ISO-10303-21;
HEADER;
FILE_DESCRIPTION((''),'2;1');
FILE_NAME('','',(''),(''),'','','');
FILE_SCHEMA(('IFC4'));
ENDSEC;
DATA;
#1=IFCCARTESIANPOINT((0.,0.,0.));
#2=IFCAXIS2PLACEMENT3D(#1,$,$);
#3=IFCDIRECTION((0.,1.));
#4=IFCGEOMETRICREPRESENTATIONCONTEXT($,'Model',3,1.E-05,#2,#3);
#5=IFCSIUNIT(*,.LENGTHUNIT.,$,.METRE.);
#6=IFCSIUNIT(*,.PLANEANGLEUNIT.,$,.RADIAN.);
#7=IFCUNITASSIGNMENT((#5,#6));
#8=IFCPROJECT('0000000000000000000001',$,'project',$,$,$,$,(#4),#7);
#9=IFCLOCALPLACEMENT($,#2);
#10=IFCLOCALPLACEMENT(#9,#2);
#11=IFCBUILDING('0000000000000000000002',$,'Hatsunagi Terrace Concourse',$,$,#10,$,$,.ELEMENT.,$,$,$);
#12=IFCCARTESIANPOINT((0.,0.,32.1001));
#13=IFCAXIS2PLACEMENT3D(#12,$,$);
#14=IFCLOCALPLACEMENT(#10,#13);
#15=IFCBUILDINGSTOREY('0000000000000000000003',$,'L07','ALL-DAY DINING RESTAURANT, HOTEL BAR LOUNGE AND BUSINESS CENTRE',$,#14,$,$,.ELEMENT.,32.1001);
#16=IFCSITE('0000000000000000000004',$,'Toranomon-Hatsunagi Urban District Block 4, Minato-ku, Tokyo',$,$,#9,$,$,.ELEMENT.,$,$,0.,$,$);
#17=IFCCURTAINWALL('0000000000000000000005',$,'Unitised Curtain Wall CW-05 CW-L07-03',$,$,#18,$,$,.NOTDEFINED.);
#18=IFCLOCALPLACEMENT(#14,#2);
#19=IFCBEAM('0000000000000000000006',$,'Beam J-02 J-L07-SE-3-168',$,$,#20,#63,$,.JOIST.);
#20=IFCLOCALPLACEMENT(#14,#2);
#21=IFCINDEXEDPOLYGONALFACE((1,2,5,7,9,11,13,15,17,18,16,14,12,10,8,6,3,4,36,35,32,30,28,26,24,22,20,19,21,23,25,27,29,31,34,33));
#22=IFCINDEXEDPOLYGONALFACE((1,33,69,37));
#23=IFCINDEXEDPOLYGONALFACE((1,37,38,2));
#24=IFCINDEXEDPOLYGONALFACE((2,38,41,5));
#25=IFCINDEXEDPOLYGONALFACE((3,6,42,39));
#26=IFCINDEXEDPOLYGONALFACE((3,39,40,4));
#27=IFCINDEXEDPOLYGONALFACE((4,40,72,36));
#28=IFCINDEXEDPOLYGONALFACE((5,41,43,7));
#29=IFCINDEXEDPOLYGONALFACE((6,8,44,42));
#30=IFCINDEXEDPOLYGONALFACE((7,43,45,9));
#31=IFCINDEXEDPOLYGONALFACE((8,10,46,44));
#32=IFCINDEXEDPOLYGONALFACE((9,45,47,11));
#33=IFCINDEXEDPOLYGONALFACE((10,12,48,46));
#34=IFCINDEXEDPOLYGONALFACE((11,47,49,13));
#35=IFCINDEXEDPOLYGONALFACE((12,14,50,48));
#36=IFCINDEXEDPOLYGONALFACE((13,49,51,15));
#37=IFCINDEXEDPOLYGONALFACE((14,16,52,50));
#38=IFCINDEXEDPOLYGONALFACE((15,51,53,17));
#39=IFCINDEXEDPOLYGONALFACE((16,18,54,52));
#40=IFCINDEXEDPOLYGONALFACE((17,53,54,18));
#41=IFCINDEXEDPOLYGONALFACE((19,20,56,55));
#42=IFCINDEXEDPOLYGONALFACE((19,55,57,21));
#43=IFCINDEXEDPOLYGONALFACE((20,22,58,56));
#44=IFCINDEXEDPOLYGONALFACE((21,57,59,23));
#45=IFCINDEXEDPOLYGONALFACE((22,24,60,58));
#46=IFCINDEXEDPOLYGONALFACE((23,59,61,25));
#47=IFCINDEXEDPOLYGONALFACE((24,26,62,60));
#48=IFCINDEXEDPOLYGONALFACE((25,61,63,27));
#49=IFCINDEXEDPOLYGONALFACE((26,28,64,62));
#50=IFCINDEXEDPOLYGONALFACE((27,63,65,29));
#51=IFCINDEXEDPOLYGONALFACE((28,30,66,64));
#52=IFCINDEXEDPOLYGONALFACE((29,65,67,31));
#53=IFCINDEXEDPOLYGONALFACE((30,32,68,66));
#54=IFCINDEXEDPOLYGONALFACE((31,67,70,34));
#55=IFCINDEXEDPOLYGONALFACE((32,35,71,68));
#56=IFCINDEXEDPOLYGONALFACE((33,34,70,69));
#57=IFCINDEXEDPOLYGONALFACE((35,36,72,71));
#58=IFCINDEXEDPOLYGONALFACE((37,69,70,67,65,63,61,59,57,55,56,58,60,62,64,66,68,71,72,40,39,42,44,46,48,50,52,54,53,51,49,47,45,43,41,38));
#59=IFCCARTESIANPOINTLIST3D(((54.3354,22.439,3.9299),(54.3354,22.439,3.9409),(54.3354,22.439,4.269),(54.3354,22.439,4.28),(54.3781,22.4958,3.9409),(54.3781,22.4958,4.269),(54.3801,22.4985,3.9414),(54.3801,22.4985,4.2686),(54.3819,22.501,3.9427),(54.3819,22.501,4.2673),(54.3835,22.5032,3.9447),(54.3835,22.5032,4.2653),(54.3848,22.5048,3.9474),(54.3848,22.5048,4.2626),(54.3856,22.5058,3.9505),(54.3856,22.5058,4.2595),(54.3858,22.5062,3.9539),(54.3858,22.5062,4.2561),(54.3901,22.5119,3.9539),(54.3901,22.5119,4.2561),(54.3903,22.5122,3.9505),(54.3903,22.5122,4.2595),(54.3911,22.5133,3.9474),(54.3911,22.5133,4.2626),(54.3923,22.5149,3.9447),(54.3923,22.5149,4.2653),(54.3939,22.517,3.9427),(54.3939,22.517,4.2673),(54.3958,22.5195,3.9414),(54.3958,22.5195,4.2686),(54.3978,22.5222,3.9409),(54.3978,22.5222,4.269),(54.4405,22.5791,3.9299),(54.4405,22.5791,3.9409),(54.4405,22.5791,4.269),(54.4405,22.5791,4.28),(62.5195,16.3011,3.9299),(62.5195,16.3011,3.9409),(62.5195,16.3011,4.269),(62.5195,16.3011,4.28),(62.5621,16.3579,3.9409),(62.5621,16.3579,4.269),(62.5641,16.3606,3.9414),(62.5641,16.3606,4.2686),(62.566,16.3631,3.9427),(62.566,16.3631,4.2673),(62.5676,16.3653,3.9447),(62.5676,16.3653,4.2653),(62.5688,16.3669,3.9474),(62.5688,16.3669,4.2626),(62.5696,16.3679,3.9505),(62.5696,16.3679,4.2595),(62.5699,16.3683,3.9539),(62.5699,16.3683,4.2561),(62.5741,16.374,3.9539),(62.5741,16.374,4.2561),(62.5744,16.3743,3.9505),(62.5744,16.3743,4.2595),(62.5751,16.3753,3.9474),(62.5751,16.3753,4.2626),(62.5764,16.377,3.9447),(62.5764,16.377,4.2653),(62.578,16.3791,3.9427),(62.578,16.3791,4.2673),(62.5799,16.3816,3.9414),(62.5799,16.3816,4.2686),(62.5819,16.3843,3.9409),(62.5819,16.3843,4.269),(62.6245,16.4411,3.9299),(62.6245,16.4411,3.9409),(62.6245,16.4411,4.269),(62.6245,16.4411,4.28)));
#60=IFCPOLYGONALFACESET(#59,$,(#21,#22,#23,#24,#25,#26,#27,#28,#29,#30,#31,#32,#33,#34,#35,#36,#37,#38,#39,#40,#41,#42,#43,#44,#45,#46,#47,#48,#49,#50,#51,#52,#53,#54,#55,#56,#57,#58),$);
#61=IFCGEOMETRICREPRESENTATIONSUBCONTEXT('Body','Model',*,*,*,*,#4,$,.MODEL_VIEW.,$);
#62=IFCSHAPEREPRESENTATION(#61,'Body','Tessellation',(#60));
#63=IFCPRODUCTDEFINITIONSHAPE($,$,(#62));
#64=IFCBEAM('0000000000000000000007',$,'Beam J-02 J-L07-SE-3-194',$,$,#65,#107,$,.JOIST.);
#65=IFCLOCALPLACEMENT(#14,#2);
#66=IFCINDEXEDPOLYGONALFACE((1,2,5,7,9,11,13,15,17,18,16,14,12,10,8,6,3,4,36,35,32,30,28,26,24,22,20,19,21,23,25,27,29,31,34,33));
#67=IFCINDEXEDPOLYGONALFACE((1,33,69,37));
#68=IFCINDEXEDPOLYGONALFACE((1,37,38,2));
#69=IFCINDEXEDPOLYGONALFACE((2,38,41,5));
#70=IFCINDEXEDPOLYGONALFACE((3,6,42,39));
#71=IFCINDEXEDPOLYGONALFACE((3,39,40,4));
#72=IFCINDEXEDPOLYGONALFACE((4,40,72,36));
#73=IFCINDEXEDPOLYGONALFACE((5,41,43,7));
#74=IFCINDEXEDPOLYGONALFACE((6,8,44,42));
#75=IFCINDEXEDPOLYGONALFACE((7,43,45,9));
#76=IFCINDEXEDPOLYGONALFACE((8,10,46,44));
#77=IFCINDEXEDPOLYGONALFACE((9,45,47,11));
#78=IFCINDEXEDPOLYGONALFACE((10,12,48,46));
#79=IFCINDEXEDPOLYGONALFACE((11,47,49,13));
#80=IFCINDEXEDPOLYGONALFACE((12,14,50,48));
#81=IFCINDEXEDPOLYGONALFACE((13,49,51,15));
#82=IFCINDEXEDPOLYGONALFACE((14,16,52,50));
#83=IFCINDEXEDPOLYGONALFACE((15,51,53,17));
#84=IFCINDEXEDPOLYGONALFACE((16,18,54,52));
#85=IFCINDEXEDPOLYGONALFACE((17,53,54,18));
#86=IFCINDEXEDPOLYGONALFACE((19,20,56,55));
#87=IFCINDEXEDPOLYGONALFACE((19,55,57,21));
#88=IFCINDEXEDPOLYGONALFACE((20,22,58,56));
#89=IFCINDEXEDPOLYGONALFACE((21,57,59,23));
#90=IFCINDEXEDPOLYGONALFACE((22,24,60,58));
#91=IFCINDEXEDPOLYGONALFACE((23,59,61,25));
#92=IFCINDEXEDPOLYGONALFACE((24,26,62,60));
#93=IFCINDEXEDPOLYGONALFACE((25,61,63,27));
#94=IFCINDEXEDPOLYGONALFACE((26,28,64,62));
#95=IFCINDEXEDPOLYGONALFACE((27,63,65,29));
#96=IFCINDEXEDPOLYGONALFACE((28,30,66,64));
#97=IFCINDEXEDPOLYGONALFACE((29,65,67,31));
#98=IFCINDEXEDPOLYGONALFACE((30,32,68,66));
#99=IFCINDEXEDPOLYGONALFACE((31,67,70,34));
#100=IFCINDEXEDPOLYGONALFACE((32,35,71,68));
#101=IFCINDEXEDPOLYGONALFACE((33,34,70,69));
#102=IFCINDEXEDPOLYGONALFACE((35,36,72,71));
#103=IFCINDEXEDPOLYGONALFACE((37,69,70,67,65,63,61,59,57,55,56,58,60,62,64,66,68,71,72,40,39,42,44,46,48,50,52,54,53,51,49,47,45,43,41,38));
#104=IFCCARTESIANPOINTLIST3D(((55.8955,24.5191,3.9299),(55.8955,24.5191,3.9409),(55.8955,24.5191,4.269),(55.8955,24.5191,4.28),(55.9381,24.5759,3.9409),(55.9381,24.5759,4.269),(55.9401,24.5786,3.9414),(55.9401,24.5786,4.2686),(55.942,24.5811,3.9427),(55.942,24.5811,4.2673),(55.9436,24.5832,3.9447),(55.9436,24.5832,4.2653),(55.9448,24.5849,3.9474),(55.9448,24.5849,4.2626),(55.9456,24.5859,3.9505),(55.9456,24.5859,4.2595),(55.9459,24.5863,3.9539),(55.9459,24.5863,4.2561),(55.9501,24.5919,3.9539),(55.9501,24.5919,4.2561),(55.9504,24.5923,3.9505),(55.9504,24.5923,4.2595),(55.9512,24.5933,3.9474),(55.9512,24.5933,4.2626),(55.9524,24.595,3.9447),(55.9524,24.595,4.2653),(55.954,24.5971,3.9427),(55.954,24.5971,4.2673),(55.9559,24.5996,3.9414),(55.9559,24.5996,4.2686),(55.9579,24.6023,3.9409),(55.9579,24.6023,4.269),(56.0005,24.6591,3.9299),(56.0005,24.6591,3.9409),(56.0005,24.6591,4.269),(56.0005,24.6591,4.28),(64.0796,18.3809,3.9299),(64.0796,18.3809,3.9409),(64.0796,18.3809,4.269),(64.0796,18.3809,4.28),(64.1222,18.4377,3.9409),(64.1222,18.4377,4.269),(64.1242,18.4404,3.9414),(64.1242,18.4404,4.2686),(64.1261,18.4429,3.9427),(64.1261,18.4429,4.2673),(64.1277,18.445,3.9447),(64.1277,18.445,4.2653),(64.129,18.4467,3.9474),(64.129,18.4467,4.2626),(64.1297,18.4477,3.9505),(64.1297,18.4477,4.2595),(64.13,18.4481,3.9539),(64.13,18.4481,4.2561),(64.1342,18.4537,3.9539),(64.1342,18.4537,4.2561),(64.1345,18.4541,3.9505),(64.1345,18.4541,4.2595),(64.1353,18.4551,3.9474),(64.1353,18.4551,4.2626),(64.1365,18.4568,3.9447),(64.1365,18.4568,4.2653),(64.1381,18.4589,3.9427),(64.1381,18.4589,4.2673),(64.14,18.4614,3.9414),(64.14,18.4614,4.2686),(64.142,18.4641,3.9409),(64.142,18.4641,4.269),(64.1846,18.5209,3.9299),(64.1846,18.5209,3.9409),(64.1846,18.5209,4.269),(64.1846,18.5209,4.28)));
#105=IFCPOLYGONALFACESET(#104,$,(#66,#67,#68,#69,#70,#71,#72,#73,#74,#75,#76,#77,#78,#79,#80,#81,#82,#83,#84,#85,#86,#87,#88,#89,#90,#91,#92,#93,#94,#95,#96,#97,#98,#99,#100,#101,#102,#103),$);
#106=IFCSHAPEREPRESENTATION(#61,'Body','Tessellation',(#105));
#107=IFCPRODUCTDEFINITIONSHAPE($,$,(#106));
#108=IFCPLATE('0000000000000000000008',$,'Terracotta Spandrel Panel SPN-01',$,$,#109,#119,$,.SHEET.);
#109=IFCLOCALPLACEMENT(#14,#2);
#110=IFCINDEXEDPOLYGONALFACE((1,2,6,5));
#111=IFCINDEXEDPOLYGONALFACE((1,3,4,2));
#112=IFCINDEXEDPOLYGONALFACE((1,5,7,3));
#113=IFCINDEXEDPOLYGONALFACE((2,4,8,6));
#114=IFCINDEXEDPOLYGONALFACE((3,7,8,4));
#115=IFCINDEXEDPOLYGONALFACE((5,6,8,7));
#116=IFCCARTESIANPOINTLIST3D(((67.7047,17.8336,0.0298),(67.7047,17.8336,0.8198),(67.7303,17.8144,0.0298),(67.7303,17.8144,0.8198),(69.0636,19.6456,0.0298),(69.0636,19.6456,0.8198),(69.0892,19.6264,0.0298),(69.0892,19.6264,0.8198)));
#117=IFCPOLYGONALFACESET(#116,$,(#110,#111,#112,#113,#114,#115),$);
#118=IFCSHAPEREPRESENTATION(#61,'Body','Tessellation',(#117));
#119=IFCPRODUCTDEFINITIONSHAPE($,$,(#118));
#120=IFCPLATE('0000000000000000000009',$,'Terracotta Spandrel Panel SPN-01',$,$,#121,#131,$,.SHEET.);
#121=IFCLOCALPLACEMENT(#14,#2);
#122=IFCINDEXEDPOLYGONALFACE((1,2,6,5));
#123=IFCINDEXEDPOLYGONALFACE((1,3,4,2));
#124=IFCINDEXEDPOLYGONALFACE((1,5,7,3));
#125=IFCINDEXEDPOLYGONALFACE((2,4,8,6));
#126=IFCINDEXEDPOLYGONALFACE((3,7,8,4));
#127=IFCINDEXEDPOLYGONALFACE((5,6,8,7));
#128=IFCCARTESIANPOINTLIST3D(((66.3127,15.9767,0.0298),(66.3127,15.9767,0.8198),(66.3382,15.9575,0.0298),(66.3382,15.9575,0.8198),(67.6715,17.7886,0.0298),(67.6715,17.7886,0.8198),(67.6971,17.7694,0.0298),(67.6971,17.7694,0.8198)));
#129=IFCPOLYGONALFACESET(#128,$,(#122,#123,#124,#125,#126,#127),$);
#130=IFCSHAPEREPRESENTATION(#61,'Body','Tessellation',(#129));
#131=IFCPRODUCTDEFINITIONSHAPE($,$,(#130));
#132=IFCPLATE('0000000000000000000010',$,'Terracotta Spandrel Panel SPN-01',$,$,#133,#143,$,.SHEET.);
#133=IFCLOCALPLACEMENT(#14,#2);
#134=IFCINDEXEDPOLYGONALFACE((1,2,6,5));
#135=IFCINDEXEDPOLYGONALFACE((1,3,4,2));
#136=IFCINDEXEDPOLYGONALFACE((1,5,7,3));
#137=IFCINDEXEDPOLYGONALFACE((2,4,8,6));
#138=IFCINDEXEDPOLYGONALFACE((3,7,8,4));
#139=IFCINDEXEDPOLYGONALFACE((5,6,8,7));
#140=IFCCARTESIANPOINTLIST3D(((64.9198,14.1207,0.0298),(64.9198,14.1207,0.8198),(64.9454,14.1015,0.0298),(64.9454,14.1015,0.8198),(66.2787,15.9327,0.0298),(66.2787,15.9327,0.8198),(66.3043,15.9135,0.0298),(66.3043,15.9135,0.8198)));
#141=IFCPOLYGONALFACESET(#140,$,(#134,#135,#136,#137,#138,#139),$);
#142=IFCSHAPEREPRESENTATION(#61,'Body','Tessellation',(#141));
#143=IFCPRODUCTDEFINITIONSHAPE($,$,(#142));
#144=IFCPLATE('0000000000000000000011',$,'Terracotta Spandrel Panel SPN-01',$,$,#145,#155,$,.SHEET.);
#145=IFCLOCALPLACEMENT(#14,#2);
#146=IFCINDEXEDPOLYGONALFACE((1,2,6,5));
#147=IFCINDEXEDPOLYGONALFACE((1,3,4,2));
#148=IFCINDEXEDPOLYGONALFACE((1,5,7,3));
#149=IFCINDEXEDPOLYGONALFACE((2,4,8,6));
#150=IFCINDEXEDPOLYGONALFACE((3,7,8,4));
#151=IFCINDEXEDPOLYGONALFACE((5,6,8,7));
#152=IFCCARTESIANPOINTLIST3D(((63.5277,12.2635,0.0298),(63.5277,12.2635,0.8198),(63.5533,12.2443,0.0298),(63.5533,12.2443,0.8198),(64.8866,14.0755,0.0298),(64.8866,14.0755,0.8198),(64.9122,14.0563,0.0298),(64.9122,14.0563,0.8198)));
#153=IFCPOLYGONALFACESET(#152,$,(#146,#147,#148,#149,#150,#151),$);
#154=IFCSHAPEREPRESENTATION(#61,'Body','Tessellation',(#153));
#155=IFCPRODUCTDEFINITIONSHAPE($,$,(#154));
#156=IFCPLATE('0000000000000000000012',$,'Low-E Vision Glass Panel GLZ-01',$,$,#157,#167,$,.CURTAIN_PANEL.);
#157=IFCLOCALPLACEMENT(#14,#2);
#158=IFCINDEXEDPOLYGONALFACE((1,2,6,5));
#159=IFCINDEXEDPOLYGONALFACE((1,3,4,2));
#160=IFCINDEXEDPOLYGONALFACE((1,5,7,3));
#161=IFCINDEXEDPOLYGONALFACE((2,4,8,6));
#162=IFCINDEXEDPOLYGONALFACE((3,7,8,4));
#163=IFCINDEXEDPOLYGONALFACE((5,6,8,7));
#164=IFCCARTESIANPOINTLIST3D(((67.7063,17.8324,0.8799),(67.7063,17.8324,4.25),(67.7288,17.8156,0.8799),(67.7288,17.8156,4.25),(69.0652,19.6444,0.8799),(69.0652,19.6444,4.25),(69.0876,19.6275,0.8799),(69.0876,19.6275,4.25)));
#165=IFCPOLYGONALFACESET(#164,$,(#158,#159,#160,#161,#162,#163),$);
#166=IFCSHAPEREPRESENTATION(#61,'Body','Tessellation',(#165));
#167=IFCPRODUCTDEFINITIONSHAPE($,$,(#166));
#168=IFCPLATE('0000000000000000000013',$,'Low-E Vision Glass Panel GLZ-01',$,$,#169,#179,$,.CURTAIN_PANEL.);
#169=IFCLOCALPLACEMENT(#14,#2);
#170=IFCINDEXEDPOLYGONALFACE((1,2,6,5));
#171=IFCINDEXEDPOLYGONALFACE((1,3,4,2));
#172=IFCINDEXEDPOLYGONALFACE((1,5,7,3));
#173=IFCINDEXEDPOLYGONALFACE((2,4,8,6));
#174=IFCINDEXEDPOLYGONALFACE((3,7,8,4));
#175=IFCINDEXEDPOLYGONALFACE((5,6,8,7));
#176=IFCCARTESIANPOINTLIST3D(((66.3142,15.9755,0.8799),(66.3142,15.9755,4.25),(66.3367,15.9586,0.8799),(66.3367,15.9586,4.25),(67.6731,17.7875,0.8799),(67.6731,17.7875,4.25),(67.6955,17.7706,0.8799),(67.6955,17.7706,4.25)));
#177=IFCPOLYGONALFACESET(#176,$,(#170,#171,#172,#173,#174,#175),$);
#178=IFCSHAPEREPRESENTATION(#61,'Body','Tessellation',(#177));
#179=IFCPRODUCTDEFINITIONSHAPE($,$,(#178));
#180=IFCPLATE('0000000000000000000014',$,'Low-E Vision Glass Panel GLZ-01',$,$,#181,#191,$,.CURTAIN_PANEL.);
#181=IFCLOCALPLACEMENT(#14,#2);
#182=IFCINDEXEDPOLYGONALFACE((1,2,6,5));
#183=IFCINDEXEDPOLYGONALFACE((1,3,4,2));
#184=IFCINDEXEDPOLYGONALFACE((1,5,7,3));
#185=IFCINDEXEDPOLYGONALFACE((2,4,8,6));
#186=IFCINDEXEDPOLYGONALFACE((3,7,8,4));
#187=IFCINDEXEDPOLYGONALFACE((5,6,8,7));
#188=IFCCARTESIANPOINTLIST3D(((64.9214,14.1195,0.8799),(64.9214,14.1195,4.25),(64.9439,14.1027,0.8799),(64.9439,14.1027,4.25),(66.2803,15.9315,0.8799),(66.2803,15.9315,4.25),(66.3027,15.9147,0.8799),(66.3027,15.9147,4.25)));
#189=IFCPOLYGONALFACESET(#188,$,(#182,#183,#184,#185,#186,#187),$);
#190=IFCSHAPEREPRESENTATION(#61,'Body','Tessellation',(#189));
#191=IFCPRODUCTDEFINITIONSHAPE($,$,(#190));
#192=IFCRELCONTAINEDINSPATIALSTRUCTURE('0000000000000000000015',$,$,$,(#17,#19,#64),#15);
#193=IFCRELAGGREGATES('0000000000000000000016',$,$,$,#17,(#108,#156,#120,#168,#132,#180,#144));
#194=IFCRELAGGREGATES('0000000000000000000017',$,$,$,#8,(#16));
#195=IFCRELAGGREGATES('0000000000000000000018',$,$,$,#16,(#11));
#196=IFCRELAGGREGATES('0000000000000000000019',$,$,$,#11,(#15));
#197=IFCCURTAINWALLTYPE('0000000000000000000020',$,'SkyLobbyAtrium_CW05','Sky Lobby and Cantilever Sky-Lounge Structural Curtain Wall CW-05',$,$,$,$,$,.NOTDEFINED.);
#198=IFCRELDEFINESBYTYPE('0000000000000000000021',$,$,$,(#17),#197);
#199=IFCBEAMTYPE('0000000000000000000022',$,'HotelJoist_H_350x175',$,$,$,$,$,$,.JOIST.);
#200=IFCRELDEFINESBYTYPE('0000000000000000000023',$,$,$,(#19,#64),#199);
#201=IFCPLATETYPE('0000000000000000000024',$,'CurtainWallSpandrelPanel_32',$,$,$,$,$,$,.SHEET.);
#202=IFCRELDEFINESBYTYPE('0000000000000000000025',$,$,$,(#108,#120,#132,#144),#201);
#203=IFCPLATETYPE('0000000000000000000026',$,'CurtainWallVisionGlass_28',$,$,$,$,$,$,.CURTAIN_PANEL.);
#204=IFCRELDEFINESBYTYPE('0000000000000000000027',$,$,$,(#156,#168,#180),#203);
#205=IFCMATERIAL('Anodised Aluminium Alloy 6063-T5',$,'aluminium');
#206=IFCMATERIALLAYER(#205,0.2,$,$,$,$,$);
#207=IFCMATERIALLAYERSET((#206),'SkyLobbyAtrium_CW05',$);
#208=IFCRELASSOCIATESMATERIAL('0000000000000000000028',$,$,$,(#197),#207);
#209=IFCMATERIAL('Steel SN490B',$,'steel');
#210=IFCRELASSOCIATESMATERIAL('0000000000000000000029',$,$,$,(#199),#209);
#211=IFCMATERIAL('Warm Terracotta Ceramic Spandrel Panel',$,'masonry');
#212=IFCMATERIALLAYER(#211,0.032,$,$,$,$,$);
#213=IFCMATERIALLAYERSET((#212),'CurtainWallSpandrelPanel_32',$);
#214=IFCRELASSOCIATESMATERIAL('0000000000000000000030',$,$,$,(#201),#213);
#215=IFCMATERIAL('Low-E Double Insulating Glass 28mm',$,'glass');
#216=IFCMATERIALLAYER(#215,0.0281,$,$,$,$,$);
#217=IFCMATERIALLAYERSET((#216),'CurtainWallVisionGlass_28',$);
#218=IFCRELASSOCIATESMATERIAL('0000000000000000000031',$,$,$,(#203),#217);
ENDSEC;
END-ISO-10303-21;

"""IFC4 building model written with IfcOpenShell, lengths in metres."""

from ifc_helpers import new_model, si_unit, direction, frame, origin, origin_2d, place, context, subcontext, project, spatial, rectangle, i_section, extrude, material, layer, layer_set, material_profile, profile_set, type_object, element, aggregate, save


model = new_model("IFC4")

# Units and contexts
model_context = context("Model", 3, precision=1e-05, world=origin(), true_north=direction((0.0, 1.0)))
body_context = subcontext(model_context, "Body", "Model", "MODEL_VIEW")
ifc_project = project(units=[si_unit("LENGTHUNIT", "METRE"), si_unit("PLANEANGLEUNIT", "RADIAN")], contexts=[model_context])

# Site, building, storey
site_placement = place(None, origin())
site = spatial("IfcSite", under=ifc_project, at=site_placement, Name="Toranomon-Hatsunagi Urban District Block 4, Minato-ku, Tokyo", CompositionType="ELEMENT", RefElevation=0.0)
building_placement = place(site_placement, origin())
building = spatial("IfcBuilding", under=site, at=building_placement, Name="Hatsunagi Terrace Concourse", CompositionType="ELEMENT")
storey_placement = place(building_placement, frame((0.0, 0.0, 32.1001)))
storey = spatial("IfcBuildingStorey", under=building, at=storey_placement, Name="L07", Description="ALL-DAY DINING RESTAURANT, HOTEL BAR LOUNGE AND BUSINESS CENTRE", CompositionType="ELEMENT", Elevation=32.1001)

# Curtain wall
ifc_material_1 = material(Name="Anodised Aluminium Alloy 6063-T5", Category="aluminium")
ifc_layer_1 = layer(ifc_material_1, 0.2)
ifc_layer_set_1 = layer_set([ifc_layer_1], Name="SkyLobbyAtrium_CW05")
curtain_wall_type = type_object("IfcCurtainWallType", Name="SkyLobbyAtrium_CW05", Description="Sky Lobby and Cantilever Sky-Lounge Structural Curtain Wall CW-05", PredefinedType="NOTDEFINED", material=ifc_layer_set_1)
curtain_wall_placement = place(storey_placement, origin())
curtain_wall = element("IfcCurtainWall", 1, at=curtain_wall_placement, inside=storey, type_object=curtain_wall_type, Name="Unitised Curtain Wall CW-05 CW-L07-03", PredefinedType="NOTDEFINED")

# Beams
ifc_material_2 = material(Name="Steel SN490B", Category="steel")
ifc_material_profile_1 = material_profile(ifc_material_2, i_section(OverallWidth=0.175, OverallDepth=0.3501, WebThickness=0.0071, FlangeThickness=0.011, FilletRadius=0.0129, at=origin_2d()), Name="H-350x175x7x11")
ifc_profile_set_1 = profile_set([ifc_material_profile_1], Name="Steel SN490B")
beam_type = type_object("IfcBeamType", Name="HotelJoist_H_350x175", PredefinedType="JOIST", material=ifc_profile_set_1)
beam_1_placement = place(storey_placement, frame((54.3879, 22.509, 4.105), z_axis=(0.800006, -0.599992, 0.0), x_axis=(0.599992, 0.800006, 0.0)))
element("IfcBeam", 2, at=beam_1_placement, inside=storey, type_object=beam_type, Name="Beam J-02 J-L07-SE-3-168", PredefinedType="JOIST", context=body_context, shape_type="SweptSolid", body=[
    extrude(i_section(OverallWidth=0.175, OverallDepth=0.3501, WebThickness=0.0071, FlangeThickness=0.011, FilletRadius=0.0129, at=origin_2d()), origin(), (0.0, 0.0, 1.0), 10.23),
])
beam_2_placement = place(storey_placement, frame((55.948, 24.5891, 4.105), z_axis=(0.799994, -0.600008, 0.0), x_axis=(0.600008, 0.799994, 0.0)))
element("IfcBeam", 3, at=beam_2_placement, inside=storey, type_object=beam_type, Name="Beam J-02 J-L07-SE-3-194", PredefinedType="JOIST", context=body_context, shape_type="SweptSolid", body=[
    extrude(i_section(OverallWidth=0.175, OverallDepth=0.3501, WebThickness=0.0071, FlangeThickness=0.011, FilletRadius=0.0129, at=origin_2d()), origin(), (0.0, 0.0, 1.0), 10.2302),
])

# Plates
ifc_material_3 = material(Name="Warm Terracotta Ceramic Spandrel Panel", Category="masonry")
ifc_layer_2 = layer(ifc_material_3, 0.032)
ifc_layer_set_2 = layer_set([ifc_layer_2], Name="CurtainWallSpandrelPanel_32")
plate_type_1 = type_object("IfcPlateType", Name="CurtainWallSpandrelPanel_32", PredefinedType="SHEET", material=ifc_layer_set_2)
plate_1_placement = place(storey_placement, frame((68.397, 18.73, 0.0298), z_axis=(0.0, 0.0, 1.0), x_axis=(-0.599969, -0.800023, 0.0)))
plate_1 = element("IfcPlate", 4, at=plate_1_placement, type_object=plate_type_1, Name="Terracotta Spandrel Panel SPN-01", PredefinedType="SHEET", context=body_context, shape_type="SweptSolid", body=[
    extrude(rectangle(XDim=2.2649, YDim=0.032, at=origin_2d()), origin(), (0.0, 0.0, 1.0), 0.79),
])
plate_2_placement = place(storey_placement, frame((67.0049, 16.873, 0.0298), z_axis=(0.0, 0.0, 1.0), x_axis=(-0.599969, -0.800023, 0.0)))
plate_2 = element("IfcPlate", 5, at=plate_2_placement, type_object=plate_type_1, Name="Terracotta Spandrel Panel SPN-01", PredefinedType="SHEET", context=body_context, shape_type="SweptSolid", body=[
    extrude(rectangle(XDim=2.2649, YDim=0.032, at=origin_2d()), origin(), (0.0, 0.0, 1.0), 0.79),
])
plate_3_placement = place(storey_placement, frame((65.6121, 15.0171, 0.0298), z_axis=(0.0, 0.0, 1.0), x_axis=(-0.599969, -0.800023, 0.0)))
plate_3 = element("IfcPlate", 6, at=plate_3_placement, type_object=plate_type_1, Name="Terracotta Spandrel Panel SPN-01", PredefinedType="SHEET", context=body_context, shape_type="SweptSolid", body=[
    extrude(rectangle(XDim=2.2649, YDim=0.032, at=origin_2d()), origin(), (0.0, 0.0, 1.0), 0.79),
])
plate_4_placement = place(storey_placement, frame((64.22, 13.1599, 0.0298), z_axis=(0.0, 0.0, 1.0), x_axis=(-0.599969, -0.800023, 0.0)))
plate_4 = element("IfcPlate", 7, at=plate_4_placement, type_object=plate_type_1, Name="Terracotta Spandrel Panel SPN-01", PredefinedType="SHEET", context=body_context, shape_type="SweptSolid", body=[
    extrude(rectangle(XDim=2.2649, YDim=0.032, at=origin_2d()), origin(), (0.0, 0.0, 1.0), 0.79),
])
ifc_material_4 = material(Name="Low-E Double Insulating Glass 28mm", Category="glass")
ifc_layer_3 = layer(ifc_material_4, 0.0281)
ifc_layer_set_3 = layer_set([ifc_layer_3], Name="CurtainWallVisionGlass_28")
plate_type_2 = type_object("IfcPlateType", Name="CurtainWallVisionGlass_28", PredefinedType="CURTAIN_PANEL", material=ifc_layer_set_3)
plate_5_placement = place(storey_placement, frame((68.397, 18.73, 0.8799), z_axis=(0.0, 0.0, 1.0), x_axis=(-0.599969, -0.800023, 0.0)))
plate_5 = element("IfcPlate", 8, at=plate_5_placement, type_object=plate_type_2, Name="Low-E Vision Glass Panel GLZ-01", PredefinedType="CURTAIN_PANEL", context=body_context, shape_type="SweptSolid", body=[
    extrude(rectangle(XDim=2.2649, YDim=0.0281, at=origin_2d()), origin(), (0.0, 0.0, 1.0), 3.3701),
])
plate_6_placement = place(storey_placement, frame((67.0049, 16.873, 0.8799), z_axis=(0.0, 0.0, 1.0), x_axis=(-0.599969, -0.800023, 0.0)))
plate_6 = element("IfcPlate", 9, at=plate_6_placement, type_object=plate_type_2, Name="Low-E Vision Glass Panel GLZ-01", PredefinedType="CURTAIN_PANEL", context=body_context, shape_type="SweptSolid", body=[
    extrude(rectangle(XDim=2.2649, YDim=0.0281, at=origin_2d()), origin(), (0.0, 0.0, 1.0), 3.3701),
])
plate_7_placement = place(storey_placement, frame((65.6121, 15.0171, 0.8799), z_axis=(0.0, 0.0, 1.0), x_axis=(-0.599969, -0.800023, 0.0)))
plate_7 = element("IfcPlate", 10, at=plate_7_placement, type_object=plate_type_2, Name="Low-E Vision Glass Panel GLZ-01", PredefinedType="CURTAIN_PANEL", context=body_context, shape_type="SweptSolid", body=[
    extrude(rectangle(XDim=2.2649, YDim=0.0281, at=origin_2d()), origin(), (0.0, 0.0, 1.0), 3.3701),
])
aggregate(curtain_wall, [plate_1, plate_5, plate_2, plate_6, plate_3, plate_7, plate_4])

save(model, "model.ifc")
